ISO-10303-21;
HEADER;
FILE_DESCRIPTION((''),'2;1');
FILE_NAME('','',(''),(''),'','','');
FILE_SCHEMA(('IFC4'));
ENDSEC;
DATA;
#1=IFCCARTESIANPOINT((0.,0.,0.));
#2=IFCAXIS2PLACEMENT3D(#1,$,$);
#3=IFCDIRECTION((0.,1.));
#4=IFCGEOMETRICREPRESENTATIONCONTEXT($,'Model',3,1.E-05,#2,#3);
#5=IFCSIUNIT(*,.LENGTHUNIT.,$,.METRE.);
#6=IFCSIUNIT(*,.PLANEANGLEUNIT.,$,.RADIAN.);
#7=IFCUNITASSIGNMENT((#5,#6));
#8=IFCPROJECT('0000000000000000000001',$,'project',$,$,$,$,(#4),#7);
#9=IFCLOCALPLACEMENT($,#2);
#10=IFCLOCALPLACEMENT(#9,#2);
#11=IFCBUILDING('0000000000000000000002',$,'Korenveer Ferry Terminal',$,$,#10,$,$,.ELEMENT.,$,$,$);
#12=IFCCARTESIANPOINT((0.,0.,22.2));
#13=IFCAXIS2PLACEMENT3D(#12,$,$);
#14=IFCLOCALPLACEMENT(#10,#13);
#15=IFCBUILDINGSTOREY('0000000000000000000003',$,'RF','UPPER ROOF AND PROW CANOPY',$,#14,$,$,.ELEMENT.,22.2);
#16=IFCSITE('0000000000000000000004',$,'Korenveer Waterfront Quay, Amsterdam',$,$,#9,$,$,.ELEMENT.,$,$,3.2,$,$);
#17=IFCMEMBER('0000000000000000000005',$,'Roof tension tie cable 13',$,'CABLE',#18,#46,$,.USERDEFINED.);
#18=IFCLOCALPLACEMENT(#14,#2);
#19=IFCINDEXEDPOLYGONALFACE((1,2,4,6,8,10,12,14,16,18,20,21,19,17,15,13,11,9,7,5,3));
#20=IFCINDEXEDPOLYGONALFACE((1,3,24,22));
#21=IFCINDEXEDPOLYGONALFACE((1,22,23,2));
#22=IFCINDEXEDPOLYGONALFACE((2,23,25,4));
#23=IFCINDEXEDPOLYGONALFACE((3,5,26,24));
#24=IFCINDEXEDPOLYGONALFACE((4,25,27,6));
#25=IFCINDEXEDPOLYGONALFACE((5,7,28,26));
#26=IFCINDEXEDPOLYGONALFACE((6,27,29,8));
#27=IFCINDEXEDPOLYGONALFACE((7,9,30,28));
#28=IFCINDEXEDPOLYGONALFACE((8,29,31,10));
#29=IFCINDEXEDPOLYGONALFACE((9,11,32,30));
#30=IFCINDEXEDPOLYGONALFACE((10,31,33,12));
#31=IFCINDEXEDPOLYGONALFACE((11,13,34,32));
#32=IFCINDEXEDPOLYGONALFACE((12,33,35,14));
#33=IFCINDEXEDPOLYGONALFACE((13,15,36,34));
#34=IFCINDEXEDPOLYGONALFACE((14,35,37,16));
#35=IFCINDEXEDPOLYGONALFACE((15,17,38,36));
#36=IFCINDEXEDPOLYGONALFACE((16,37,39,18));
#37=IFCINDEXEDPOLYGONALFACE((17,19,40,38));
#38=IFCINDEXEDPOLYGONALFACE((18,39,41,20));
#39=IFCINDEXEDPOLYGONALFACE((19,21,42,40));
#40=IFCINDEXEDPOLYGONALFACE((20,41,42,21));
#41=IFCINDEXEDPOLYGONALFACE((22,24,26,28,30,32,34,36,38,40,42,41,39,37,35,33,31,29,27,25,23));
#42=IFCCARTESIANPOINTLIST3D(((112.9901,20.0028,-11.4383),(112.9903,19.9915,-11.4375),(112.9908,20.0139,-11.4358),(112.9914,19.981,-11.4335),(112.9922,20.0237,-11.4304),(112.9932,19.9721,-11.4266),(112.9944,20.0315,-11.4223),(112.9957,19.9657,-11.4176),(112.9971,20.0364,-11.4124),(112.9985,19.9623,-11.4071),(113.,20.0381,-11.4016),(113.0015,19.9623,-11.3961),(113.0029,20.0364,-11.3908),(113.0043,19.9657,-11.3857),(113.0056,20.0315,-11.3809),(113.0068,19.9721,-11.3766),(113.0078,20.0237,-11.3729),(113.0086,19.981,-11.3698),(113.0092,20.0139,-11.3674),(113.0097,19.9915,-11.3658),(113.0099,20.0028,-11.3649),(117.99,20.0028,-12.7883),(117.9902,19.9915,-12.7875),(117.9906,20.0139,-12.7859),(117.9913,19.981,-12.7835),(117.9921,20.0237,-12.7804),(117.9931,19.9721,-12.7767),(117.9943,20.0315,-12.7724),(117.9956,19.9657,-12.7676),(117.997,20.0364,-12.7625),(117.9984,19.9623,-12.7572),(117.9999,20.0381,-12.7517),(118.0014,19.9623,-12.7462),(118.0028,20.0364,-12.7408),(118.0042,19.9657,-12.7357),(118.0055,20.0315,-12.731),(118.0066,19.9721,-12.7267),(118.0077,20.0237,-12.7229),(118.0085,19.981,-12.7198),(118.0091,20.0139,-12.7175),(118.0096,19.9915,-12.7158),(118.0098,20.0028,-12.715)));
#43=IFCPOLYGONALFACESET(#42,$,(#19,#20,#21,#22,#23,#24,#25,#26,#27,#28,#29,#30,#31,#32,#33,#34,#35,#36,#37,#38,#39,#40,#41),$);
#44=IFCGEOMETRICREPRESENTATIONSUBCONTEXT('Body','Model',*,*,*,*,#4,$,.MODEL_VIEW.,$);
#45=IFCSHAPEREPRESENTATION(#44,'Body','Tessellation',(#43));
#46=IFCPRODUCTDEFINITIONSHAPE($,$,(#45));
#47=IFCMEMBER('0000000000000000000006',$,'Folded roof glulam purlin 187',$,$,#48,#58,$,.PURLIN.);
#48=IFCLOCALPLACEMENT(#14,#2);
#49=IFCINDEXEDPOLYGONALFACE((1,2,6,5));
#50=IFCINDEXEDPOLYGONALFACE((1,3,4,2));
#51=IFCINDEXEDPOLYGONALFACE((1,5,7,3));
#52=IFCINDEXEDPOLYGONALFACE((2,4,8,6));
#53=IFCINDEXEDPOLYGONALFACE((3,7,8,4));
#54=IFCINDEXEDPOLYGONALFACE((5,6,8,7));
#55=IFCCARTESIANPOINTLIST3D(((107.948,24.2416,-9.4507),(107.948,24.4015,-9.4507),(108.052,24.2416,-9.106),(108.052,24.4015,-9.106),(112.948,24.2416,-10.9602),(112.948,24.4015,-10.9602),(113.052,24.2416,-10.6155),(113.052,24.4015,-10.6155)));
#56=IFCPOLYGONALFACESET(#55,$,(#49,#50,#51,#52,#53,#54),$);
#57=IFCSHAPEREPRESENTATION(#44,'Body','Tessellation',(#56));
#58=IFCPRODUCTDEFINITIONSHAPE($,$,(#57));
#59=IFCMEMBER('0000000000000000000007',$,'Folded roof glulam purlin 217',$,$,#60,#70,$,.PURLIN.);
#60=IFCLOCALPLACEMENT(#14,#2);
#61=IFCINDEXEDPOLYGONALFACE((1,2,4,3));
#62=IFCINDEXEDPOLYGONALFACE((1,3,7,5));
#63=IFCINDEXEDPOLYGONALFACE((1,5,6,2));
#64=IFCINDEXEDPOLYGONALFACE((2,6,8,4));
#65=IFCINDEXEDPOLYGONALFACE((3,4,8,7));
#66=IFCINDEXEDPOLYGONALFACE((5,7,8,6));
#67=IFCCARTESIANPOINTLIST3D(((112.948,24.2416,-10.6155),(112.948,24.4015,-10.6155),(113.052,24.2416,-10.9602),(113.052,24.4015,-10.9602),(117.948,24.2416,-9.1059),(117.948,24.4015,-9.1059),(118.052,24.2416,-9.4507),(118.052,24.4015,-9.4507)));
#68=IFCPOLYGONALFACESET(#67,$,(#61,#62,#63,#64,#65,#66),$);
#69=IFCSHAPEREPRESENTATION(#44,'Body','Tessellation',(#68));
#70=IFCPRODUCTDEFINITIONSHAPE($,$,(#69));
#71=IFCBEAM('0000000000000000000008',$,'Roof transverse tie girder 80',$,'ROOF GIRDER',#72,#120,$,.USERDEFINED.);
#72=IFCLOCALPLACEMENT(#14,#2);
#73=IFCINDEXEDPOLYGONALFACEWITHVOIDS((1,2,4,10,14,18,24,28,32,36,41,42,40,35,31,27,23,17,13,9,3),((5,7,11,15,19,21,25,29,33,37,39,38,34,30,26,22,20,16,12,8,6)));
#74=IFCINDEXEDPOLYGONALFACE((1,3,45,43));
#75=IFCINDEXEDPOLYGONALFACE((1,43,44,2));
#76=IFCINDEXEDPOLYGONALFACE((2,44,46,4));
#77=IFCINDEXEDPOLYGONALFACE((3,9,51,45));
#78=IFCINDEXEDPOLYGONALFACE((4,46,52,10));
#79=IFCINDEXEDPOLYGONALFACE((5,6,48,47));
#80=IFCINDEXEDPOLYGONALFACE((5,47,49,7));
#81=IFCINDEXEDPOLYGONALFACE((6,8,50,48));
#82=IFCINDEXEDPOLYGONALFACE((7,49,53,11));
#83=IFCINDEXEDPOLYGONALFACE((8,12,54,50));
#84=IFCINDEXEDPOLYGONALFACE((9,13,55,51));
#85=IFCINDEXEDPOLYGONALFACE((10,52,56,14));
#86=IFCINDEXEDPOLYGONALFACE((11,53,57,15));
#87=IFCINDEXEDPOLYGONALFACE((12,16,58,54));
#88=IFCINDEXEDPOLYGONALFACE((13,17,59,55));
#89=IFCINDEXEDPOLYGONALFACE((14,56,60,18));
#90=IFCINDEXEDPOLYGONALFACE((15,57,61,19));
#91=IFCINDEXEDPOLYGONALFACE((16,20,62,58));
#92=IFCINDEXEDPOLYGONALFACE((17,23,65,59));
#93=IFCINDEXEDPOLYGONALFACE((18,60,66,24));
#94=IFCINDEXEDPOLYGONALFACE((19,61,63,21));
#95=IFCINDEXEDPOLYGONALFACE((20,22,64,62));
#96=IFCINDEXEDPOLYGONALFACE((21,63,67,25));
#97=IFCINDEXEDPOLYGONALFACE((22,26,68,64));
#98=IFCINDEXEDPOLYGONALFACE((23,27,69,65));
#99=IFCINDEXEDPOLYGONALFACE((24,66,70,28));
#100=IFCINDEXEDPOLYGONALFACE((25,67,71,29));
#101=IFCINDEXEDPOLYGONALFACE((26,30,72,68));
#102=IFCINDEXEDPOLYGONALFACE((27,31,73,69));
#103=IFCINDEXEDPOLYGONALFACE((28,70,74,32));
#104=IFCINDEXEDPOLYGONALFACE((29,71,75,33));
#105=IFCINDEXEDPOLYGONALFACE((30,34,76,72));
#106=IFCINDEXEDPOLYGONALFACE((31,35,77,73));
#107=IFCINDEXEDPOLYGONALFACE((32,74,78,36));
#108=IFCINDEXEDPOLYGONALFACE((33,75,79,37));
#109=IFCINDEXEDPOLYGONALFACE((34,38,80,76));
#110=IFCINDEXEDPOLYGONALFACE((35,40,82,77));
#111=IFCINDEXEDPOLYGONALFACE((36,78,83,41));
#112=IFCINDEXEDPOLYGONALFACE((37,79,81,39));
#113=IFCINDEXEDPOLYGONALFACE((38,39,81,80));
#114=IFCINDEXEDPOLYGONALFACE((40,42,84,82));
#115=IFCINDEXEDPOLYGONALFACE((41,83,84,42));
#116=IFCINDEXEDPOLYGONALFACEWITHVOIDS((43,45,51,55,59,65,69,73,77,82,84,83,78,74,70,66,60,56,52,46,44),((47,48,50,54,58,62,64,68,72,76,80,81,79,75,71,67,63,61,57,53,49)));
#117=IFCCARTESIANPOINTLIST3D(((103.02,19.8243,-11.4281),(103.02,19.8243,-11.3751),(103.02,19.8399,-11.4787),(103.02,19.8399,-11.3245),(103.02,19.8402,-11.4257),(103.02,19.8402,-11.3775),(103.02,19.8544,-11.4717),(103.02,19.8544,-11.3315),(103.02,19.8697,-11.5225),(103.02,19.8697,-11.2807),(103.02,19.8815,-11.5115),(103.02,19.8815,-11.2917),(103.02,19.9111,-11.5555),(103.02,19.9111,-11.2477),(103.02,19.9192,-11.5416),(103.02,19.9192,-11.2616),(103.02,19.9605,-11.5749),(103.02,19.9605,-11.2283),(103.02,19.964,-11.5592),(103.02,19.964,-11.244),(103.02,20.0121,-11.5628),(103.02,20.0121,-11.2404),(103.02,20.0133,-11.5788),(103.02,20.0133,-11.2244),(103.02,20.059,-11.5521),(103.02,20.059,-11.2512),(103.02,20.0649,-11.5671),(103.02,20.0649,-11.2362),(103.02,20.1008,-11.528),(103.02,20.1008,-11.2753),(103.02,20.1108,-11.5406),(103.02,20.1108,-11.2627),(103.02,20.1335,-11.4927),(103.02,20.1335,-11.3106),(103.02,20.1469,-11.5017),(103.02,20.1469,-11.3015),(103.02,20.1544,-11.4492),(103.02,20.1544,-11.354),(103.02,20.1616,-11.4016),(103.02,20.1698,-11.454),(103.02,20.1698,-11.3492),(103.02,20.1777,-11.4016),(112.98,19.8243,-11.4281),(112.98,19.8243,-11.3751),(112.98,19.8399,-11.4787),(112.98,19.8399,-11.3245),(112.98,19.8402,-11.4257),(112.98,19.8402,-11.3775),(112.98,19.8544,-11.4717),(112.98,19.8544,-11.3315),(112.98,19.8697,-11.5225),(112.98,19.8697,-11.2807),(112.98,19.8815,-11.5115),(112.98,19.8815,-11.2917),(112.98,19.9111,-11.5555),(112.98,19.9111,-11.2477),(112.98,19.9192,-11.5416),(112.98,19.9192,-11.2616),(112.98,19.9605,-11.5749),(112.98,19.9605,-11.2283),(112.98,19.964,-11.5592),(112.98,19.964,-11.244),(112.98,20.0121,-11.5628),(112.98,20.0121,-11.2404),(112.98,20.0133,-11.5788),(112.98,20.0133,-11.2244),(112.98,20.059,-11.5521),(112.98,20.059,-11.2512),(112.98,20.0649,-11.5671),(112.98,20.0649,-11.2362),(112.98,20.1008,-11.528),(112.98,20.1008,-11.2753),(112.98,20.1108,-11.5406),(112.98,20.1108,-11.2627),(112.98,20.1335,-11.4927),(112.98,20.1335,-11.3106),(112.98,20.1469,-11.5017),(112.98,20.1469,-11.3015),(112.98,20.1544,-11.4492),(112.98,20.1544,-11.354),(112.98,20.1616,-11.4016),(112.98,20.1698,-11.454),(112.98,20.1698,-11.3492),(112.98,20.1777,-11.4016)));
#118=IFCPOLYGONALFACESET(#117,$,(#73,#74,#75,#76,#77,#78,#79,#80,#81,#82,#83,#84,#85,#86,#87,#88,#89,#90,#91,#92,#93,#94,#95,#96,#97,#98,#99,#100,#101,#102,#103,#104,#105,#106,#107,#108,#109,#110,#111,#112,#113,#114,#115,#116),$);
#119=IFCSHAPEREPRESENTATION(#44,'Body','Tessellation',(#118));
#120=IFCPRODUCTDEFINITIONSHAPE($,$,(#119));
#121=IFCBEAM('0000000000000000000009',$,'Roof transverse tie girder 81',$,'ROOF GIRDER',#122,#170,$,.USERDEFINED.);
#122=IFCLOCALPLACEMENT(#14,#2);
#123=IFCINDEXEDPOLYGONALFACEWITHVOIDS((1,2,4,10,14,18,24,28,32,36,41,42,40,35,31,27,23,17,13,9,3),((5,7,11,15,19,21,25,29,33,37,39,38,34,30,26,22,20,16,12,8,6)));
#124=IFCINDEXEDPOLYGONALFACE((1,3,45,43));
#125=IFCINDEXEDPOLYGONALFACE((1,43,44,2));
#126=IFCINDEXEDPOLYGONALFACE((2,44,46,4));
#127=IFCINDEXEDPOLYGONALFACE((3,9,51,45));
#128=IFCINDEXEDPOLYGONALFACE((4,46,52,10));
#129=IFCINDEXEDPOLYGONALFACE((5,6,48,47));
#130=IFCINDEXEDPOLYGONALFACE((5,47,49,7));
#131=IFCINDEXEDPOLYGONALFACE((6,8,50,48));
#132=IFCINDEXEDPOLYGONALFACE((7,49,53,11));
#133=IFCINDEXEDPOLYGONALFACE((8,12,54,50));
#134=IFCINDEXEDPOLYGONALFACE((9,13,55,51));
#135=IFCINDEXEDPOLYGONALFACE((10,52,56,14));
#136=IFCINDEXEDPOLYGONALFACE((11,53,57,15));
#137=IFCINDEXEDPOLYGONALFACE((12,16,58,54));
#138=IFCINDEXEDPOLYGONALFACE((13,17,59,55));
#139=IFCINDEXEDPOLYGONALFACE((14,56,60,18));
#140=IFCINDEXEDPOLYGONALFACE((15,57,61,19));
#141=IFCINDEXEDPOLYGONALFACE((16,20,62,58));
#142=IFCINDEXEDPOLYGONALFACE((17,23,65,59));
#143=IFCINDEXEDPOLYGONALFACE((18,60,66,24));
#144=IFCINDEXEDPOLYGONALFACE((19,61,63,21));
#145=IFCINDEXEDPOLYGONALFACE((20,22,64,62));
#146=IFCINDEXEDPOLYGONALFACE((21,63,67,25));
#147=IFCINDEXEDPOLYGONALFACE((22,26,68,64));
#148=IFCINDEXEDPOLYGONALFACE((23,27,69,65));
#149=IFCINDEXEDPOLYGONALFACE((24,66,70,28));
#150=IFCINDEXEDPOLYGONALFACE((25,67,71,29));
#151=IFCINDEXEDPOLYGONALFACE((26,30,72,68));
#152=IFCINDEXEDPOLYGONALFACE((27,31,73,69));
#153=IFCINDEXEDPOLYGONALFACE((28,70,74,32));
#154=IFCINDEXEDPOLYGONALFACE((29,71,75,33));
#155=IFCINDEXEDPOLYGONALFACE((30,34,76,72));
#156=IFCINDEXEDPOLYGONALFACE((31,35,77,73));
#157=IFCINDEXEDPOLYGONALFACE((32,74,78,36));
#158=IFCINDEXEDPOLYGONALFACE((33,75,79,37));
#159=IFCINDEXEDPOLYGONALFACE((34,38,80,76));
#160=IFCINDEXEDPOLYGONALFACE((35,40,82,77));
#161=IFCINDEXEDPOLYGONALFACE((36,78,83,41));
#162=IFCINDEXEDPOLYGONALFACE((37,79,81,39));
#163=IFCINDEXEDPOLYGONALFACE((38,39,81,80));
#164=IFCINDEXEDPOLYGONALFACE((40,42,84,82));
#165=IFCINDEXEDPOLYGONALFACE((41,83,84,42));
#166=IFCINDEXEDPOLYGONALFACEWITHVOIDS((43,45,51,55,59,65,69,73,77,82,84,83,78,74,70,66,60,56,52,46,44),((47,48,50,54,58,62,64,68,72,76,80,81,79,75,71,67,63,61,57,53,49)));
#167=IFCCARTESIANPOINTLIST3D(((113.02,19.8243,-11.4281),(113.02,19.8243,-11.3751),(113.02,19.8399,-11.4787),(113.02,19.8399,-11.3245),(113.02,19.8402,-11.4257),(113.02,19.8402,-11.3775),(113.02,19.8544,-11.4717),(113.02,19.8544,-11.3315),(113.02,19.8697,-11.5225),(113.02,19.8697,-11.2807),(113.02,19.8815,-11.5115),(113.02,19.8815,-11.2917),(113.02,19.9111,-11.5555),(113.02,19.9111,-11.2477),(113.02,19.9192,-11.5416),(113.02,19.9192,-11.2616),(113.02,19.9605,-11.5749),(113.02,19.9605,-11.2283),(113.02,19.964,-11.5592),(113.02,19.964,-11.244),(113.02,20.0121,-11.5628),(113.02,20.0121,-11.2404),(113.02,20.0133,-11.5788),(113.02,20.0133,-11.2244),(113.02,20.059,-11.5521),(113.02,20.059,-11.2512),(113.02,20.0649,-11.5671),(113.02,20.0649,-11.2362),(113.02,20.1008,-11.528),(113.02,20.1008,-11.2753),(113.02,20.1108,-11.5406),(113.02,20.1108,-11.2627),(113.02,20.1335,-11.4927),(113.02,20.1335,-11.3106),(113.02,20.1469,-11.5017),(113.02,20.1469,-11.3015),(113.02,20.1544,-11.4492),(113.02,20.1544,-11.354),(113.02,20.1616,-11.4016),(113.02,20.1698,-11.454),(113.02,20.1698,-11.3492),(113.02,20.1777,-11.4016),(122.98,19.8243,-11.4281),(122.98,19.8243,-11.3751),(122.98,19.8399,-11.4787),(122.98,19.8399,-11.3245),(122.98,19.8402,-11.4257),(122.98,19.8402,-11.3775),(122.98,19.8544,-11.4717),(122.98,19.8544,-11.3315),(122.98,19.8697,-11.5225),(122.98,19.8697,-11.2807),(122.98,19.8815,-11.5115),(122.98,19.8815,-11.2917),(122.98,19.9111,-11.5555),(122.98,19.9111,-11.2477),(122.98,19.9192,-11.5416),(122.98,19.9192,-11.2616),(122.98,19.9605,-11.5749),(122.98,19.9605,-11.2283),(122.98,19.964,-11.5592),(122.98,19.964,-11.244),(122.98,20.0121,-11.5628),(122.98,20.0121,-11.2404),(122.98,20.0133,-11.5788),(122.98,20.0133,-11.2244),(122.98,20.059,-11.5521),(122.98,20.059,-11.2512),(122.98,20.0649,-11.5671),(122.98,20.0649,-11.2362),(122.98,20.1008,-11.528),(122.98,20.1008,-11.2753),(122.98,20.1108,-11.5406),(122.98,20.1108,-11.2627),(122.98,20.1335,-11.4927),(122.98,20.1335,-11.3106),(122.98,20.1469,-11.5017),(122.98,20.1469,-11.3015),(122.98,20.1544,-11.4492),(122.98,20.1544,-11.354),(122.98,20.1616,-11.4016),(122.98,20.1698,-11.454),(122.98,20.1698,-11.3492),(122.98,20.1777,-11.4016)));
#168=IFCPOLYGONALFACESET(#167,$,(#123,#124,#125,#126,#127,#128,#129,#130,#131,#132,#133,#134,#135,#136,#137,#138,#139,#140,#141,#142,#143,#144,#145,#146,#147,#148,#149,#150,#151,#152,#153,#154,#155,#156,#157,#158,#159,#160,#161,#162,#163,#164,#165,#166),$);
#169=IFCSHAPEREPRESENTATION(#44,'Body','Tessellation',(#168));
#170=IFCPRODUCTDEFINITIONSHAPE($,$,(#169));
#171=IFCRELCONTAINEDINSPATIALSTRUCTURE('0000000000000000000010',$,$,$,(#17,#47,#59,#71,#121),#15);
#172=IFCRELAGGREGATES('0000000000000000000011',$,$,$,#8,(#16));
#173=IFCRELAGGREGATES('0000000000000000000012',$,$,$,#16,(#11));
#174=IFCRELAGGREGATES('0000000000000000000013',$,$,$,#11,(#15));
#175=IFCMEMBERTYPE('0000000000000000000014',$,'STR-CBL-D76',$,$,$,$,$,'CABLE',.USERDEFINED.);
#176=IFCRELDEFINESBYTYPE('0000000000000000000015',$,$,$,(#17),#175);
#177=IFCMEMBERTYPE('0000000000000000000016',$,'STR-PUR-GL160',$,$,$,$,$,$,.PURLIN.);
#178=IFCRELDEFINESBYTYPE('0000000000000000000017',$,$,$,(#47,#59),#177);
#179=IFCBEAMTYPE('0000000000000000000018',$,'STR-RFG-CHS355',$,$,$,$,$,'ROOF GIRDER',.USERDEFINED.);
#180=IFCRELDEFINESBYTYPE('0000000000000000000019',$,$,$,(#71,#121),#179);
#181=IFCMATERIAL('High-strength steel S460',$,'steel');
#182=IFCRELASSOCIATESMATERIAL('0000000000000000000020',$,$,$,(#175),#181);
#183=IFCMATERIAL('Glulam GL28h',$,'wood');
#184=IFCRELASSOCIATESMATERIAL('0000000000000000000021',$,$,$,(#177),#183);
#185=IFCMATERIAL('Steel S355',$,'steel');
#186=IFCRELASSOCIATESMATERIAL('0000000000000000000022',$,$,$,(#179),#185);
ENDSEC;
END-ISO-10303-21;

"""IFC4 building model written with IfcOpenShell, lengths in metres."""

from ifc_helpers import new_model, si_unit, direction, frame, origin, origin_2d, place, context, subcontext, project, spatial, rectangle, circle, hollow_circle, extrude, material, material_profile, profile_set, type_object, element, save


model = new_model("IFC4")

# Units and contexts
model_context = context("Model", 3, precision=1e-05, world=origin(), true_north=direction((0.0, 1.0)))
body_context = subcontext(model_context, "Body", "Model", "MODEL_VIEW")
ifc_project = project(units=[si_unit("LENGTHUNIT", "METRE"), si_unit("PLANEANGLEUNIT", "RADIAN")], contexts=[model_context])

# Site, building, storey
site_placement = place(None, origin())
site = spatial("IfcSite", under=ifc_project, at=site_placement, Name="Korenveer Waterfront Quay, Amsterdam", CompositionType="ELEMENT", RefElevation=3.2)
building_placement = place(site_placement, origin())
building = spatial("IfcBuilding", under=site, at=building_placement, Name="Korenveer Ferry Terminal", CompositionType="ELEMENT")
storey_placement = place(building_placement, frame((0.0, 0.0, 22.2)))
storey = spatial("IfcBuildingStorey", under=building, at=storey_placement, Name="RF", Description="UPPER ROOF AND PROW CANOPY", CompositionType="ELEMENT", Elevation=22.2)

# Shared definitions
ifc_material_1 = material(Name="Steel S355", Category="steel")

# Members
ifc_material_2 = material(Name="High-strength steel S460", Category="steel")
ifc_material_profile_1 = material_profile(ifc_material_2, circle(Radius=0.0381, at=origin_2d()), Name="ROD D76")
ifc_profile_set_1 = profile_set([ifc_material_profile_1], Name="High-strength steel S460")
member_type_1 = type_object("IfcMemberType", Name="STR-CBL-D76", ElementType="CABLE", PredefinedType="USERDEFINED", material=ifc_profile_set_1)
for number, where, z_axis, x_axis, name in (
    (1, (113.0, 20.0, -11.4016), (0.965424, 0.0, -0.260683), (0.0, 1.0, 0.0), "Roof tension tie cable 13"),
):
    element("IfcMember", number, at=place(storey_placement, frame(where, z_axis=z_axis, x_axis=x_axis)), inside=storey, type_object=member_type_1, Name=name, ObjectType="CABLE", PredefinedType="USERDEFINED", context=body_context, shape_type="SweptSolid", body=[
        extrude(circle(Radius=0.0381, at=origin_2d()), origin(), (0.0, 0.0, 1.0), 5.179),
    ])
ifc_material_3 = material(Name="Glulam GL28h", Category="wood")
ifc_material_profile_2 = material_profile(ifc_material_3, rectangle(XDim=0.1599, YDim=0.3601, at=origin_2d()), Name="GL 160x360")
ifc_profile_set_2 = profile_set([ifc_material_profile_2], Name="Glulam GL28h")
member_type_2 = type_object("IfcMemberType", Name="STR-PUR-GL160", PredefinedType="PURLIN", material=ifc_profile_set_2)
for number, where, z_axis, x_axis, name in (
    (2, (108.0, 24.3215, -9.2783), (0.957323, 0.0, -0.28902), (0.0, 1.0, 0.0), "Folded roof glulam purlin 187"),
    (3, (113.0, 24.3215, -10.7878), (0.957323, 0.0, 0.28902), (0.0, 1.0, 0.0), "Folded roof glulam purlin 217"),
):
    element("IfcMember", number, at=place(storey_placement, frame(where, z_axis=z_axis, x_axis=x_axis)), inside=storey, type_object=member_type_2, Name=name, PredefinedType="PURLIN", context=body_context, shape_type="SweptSolid", body=[
        extrude(rectangle(XDim=0.1599, YDim=0.3601, at=origin_2d()), origin(), (0.0, 0.0, 1.0), 5.2229),
    ])

# Beams
ifc_material_profile_3 = material_profile(ifc_material_1, hollow_circle(Radius=0.1777, WallThickness=0.0161, at=origin_2d()), Name="CHS 355.6x16")
ifc_profile_set_3 = profile_set([ifc_material_profile_3], Name="Steel S355")
beam_type_1 = type_object("IfcBeamType", Name="STR-RFG-CHS355", ElementType="ROOF GIRDER", PredefinedType="USERDEFINED", material=ifc_profile_set_3)
for number, where, z_axis, x_axis, name in (
    (4, (103.02, 20.0, -11.4016), (1.0, 0.0, 0.0), (0.0, 1.0, 0.0), "Roof transverse tie girder 80"),
    (5, (113.02, 20.0, -11.4016), (1.0, 0.0, 0.0), (0.0, 1.0, 0.0), "Roof transverse tie girder 81"),
):
    element("IfcBeam", number, at=place(storey_placement, frame(where, z_axis=z_axis, x_axis=x_axis)), inside=storey, type_object=beam_type_1, Name=name, ObjectType="ROOF GIRDER", PredefinedType="USERDEFINED", context=body_context, shape_type="SweptSolid", body=[
        extrude(hollow_circle(Radius=0.1777, WallThickness=0.0161, at=origin_2d()), origin(), (0.0, 0.0, 1.0), 9.96),
    ])

save(model, "model.ifc")
